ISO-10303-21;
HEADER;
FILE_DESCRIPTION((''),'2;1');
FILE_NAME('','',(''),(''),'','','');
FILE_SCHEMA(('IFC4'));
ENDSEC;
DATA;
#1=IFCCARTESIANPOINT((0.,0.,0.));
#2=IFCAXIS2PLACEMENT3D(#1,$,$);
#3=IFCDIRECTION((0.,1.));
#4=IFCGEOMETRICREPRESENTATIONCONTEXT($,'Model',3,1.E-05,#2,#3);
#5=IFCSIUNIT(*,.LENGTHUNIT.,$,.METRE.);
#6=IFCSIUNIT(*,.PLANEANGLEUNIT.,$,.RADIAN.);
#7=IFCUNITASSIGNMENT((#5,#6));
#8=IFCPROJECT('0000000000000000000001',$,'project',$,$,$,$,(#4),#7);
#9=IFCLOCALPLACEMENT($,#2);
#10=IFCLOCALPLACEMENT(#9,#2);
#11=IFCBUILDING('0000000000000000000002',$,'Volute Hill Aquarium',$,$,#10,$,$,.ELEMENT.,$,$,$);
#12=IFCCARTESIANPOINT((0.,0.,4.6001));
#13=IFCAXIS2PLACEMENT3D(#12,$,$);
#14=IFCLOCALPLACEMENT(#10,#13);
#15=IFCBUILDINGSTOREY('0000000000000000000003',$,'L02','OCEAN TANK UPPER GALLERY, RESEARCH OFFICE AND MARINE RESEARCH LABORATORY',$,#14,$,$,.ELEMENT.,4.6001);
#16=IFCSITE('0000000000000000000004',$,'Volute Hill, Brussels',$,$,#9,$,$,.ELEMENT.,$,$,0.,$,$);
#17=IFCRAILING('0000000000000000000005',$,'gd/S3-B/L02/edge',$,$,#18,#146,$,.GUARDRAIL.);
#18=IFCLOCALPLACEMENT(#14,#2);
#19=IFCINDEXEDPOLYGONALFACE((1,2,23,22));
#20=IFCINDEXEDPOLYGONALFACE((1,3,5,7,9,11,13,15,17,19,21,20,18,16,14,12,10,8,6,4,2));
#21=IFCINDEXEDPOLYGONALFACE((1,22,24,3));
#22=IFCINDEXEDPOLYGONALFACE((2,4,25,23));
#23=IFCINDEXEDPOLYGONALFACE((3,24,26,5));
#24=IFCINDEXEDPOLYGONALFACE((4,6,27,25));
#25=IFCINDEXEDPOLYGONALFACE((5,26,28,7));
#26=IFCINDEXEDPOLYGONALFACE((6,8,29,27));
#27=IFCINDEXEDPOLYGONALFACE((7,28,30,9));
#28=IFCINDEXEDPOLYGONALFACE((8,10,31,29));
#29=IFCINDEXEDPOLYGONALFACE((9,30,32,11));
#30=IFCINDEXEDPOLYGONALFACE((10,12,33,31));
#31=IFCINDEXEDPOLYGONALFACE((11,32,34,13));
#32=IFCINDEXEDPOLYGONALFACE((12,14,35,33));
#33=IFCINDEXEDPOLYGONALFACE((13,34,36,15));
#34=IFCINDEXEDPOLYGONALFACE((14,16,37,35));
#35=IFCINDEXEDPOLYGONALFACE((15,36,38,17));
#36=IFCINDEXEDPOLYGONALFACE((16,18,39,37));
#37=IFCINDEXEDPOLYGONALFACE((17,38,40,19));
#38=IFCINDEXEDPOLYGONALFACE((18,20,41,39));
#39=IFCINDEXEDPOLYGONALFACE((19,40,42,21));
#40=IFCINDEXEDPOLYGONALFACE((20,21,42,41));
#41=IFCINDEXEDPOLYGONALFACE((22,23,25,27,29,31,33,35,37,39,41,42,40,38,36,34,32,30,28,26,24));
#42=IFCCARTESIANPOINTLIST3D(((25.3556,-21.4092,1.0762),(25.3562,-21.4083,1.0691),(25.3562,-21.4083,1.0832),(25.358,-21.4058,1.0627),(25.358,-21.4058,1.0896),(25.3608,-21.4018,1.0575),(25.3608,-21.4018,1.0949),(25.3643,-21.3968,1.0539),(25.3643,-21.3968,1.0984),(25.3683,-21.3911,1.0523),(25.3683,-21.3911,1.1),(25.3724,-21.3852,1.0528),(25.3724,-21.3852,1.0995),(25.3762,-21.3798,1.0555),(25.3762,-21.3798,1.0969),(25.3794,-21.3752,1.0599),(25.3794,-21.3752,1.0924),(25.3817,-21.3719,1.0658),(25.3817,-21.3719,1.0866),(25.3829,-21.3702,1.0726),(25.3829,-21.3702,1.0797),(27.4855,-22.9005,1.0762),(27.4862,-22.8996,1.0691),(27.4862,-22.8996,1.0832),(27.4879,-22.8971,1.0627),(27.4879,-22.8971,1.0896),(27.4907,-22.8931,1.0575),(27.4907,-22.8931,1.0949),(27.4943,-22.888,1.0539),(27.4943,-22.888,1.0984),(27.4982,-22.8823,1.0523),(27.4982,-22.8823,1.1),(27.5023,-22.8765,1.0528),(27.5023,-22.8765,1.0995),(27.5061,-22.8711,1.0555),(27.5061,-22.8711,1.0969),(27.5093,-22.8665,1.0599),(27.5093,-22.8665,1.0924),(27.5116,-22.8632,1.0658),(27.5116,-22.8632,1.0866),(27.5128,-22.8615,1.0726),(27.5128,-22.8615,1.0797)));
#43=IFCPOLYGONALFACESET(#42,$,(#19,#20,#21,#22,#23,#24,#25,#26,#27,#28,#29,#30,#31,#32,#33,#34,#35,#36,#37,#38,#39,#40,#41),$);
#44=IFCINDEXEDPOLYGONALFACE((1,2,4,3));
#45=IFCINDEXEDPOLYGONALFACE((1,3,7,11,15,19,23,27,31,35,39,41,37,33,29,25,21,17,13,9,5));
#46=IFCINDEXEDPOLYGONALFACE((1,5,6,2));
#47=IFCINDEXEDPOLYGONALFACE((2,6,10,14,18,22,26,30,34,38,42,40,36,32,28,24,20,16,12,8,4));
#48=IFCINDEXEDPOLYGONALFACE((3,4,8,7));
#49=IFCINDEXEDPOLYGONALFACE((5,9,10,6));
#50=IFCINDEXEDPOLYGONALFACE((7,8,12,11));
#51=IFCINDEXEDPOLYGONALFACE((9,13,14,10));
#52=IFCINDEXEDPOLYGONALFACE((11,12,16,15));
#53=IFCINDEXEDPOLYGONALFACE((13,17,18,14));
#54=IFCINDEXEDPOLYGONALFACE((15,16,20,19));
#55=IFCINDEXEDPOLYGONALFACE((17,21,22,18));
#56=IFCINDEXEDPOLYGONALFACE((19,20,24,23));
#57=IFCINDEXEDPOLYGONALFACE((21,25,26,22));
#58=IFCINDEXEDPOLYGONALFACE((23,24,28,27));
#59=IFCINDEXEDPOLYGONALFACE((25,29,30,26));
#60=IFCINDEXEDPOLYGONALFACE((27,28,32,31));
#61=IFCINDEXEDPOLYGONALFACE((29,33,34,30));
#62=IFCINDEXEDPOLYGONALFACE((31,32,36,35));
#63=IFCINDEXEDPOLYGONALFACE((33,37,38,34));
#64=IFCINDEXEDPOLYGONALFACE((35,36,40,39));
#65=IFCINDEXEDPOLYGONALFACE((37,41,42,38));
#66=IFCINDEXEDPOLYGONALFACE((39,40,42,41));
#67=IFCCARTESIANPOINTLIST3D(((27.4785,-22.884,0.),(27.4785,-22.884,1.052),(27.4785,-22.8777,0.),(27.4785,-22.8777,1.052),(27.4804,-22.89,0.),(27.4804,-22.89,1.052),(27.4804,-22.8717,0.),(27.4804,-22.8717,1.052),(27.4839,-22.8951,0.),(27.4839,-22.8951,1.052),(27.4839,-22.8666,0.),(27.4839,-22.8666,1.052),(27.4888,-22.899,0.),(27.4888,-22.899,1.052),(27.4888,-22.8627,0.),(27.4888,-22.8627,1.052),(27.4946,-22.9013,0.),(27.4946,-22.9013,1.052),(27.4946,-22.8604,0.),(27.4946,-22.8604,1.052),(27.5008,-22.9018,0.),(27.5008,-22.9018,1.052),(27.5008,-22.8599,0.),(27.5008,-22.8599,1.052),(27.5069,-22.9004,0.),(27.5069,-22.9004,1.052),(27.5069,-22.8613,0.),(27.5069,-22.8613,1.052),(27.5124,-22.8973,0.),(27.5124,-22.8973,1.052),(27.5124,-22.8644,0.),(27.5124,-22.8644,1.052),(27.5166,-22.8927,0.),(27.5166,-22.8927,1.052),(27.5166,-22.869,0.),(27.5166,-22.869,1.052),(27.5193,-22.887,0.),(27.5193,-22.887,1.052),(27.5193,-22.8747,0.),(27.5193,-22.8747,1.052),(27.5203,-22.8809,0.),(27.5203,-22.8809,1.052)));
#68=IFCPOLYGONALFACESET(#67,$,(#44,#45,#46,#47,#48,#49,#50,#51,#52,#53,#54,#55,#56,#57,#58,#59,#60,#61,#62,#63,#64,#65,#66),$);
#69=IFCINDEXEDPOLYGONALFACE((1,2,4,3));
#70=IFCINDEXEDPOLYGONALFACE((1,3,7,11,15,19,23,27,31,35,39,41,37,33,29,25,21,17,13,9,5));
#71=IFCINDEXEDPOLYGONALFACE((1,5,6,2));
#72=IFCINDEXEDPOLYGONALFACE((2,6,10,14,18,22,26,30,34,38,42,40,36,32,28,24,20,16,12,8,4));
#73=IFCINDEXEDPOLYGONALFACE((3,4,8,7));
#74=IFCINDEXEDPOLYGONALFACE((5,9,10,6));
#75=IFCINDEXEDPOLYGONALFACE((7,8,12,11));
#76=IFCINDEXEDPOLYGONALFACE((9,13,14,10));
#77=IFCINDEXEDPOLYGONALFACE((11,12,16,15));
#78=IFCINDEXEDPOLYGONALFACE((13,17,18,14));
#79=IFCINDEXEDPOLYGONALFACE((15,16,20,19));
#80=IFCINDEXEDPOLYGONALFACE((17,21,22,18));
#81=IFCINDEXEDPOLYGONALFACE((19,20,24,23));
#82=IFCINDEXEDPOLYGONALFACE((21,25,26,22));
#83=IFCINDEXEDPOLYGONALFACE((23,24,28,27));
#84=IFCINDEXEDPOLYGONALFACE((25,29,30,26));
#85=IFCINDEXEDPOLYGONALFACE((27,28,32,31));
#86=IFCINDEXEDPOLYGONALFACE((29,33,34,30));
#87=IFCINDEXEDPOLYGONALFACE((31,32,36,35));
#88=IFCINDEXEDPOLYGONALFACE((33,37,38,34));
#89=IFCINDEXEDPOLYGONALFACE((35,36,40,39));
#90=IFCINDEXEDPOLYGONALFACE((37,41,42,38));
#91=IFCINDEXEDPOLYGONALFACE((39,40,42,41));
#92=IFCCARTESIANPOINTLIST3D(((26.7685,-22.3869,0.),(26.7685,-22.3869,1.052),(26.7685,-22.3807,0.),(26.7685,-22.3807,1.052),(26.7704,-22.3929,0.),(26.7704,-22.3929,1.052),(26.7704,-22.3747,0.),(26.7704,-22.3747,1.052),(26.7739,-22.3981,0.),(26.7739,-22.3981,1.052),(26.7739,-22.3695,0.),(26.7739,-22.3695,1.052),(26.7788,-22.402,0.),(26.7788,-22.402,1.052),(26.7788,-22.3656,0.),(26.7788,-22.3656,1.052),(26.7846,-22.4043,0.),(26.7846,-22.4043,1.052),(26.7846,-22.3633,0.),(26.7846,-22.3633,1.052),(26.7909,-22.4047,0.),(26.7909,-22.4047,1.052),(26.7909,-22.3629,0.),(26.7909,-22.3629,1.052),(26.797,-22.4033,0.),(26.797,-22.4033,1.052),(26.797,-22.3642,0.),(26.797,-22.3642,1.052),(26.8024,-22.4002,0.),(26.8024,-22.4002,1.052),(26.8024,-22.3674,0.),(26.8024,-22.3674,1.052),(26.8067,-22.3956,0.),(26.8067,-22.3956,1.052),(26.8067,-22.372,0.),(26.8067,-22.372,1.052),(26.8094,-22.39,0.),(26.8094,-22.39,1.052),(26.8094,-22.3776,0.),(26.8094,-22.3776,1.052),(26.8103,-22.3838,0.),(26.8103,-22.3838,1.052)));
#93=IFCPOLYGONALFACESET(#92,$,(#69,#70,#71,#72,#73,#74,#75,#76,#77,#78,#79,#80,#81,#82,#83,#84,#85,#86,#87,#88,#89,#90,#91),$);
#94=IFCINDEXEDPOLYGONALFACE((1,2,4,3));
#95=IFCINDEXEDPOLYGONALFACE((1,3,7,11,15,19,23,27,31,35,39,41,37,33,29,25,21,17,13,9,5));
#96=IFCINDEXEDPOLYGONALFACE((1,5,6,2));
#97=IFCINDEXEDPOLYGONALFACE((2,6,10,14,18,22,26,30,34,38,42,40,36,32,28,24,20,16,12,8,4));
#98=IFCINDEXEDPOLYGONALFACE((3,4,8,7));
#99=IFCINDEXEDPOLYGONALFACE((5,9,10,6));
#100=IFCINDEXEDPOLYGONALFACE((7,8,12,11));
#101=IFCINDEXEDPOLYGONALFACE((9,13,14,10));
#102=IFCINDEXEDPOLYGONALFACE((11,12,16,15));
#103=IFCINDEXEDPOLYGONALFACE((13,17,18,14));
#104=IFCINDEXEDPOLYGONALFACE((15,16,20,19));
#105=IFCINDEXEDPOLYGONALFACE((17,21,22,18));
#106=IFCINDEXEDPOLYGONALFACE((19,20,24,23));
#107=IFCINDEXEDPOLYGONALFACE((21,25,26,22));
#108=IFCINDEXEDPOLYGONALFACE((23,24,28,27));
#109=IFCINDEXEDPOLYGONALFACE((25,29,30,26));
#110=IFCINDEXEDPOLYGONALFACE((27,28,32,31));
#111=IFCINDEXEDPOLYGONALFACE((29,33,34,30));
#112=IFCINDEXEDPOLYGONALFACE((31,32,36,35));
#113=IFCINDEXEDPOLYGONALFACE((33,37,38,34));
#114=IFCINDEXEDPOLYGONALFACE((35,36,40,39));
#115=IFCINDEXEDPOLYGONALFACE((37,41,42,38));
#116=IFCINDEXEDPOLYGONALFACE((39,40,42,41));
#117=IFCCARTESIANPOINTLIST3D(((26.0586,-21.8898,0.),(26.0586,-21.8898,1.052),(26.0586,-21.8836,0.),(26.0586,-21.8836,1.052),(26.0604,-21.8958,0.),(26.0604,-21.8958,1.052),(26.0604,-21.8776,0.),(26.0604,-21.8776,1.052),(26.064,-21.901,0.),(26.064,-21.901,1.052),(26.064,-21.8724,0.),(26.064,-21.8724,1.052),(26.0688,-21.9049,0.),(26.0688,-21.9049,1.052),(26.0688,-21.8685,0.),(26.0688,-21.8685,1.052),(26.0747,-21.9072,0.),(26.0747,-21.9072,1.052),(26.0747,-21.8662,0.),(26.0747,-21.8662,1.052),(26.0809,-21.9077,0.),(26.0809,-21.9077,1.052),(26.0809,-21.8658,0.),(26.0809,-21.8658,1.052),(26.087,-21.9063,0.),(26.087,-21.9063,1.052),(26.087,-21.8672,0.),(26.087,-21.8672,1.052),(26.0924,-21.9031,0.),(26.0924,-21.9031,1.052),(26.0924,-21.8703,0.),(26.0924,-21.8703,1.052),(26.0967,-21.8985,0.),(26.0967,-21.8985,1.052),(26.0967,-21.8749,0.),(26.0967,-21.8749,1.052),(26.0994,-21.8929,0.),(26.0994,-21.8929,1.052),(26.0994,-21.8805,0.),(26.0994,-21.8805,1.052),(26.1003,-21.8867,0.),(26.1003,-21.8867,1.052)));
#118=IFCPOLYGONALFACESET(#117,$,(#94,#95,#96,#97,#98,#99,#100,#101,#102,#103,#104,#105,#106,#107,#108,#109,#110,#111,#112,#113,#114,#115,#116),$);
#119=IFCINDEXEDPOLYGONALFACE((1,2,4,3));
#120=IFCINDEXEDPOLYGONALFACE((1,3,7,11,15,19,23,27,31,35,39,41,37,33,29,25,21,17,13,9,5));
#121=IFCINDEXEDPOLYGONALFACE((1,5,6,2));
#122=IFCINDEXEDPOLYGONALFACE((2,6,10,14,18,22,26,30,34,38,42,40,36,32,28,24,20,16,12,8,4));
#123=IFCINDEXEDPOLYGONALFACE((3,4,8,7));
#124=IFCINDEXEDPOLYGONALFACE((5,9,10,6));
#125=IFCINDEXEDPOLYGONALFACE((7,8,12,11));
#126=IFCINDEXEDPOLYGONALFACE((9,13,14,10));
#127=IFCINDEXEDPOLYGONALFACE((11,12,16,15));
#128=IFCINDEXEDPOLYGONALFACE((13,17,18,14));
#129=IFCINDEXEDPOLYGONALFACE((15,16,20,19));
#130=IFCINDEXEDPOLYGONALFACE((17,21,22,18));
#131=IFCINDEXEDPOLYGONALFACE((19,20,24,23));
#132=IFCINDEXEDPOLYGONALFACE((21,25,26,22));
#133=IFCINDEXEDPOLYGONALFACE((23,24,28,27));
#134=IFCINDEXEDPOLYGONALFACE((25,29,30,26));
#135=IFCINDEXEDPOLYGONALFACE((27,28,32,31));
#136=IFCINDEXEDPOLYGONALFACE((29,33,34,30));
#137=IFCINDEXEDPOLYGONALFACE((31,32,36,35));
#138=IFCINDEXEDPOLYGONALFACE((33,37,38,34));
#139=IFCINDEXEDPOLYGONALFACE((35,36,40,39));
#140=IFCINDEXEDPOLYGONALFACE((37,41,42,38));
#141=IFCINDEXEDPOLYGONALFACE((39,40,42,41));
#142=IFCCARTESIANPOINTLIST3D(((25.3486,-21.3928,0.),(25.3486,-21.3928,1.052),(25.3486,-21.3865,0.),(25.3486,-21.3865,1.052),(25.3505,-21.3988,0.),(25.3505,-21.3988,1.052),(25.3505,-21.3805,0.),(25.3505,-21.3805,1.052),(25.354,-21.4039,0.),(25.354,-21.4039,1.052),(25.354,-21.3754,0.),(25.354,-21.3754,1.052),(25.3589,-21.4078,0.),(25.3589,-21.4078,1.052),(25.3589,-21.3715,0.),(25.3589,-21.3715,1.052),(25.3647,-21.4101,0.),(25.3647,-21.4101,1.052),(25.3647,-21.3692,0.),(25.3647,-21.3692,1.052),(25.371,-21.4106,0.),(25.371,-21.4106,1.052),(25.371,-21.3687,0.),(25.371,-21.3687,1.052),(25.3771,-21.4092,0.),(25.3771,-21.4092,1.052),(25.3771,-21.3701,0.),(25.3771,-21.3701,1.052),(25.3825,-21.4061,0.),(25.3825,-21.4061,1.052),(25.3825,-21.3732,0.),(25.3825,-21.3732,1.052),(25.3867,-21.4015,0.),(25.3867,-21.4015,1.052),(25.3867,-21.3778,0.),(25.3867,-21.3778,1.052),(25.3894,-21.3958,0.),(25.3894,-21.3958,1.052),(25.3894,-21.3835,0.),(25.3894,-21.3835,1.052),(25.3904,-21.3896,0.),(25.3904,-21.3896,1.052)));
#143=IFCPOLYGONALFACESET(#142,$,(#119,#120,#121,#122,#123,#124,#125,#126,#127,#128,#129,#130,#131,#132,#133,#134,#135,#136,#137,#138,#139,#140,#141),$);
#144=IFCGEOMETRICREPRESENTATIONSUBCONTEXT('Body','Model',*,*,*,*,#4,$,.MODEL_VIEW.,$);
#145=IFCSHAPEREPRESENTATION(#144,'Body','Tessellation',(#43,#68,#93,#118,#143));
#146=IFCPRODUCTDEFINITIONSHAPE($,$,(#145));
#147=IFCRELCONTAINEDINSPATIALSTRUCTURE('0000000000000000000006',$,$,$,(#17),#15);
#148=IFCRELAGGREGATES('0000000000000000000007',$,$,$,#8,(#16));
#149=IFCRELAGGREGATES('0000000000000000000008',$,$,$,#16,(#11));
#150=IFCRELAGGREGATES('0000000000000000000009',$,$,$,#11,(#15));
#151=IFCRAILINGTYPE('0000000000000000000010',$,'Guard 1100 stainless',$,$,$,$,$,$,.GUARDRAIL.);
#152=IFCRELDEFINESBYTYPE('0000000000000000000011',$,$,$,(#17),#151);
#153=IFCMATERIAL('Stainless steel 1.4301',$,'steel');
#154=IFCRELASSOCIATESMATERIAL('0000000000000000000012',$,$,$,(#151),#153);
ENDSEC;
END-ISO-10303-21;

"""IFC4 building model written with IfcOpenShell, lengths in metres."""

from ifc_helpers import new_model, si_unit, direction, frame, origin, origin_2d, place, context, subcontext, project, spatial, circle, extrude, material, type_object, element, save


model = new_model("IFC4")

# Units and contexts
model_context = context("Model", 3, precision=1e-05, world=origin(), true_north=direction((0.0, 1.0)))
body_context = subcontext(model_context, "Body", "Model", "MODEL_VIEW")
ifc_project = project(units=[si_unit("LENGTHUNIT", "METRE"), si_unit("PLANEANGLEUNIT", "RADIAN")], contexts=[model_context])

# Site, building, storey
site_placement = place(None, origin())
site = spatial("IfcSite", under=ifc_project, at=site_placement, Name="Volute Hill, Brussels", CompositionType="ELEMENT", RefElevation=0.0)
building_placement = place(site_placement, origin())
building = spatial("IfcBuilding", under=site, at=building_placement, Name="Volute Hill Aquarium", CompositionType="ELEMENT")
storey_placement = place(building_placement, frame((0.0, 0.0, 4.6001)))
storey = spatial("IfcBuildingStorey", under=building, at=storey_placement, Name="L02", Description="OCEAN TANK UPPER GALLERY, RESEARCH OFFICE AND MARINE RESEARCH LABORATORY", CompositionType="ELEMENT", Elevation=4.6001)

# Railing
ifc_material_1 = material(Name="Stainless steel 1.4301", Category="steel")
railing_type_1 = type_object("IfcRailingType", Name="Guard 1100 stainless", PredefinedType="GUARDRAIL", material=ifc_material_1)
railing_1_placement = place(storey_placement, frame((27.4993, -22.8809, 0.0)))
element("IfcRailing", 1, at=railing_1_placement, inside=storey, type_object=railing_type_1, Name="gd/S3-B/L02/edge", PredefinedType="GUARDRAIL", context=body_context, shape_type="SweptSolid", body=[
    extrude(circle(Radius=0.0239, at=origin_2d()), frame((0.0, 0.0, 1.0762), z_axis=(-0.819179, 0.573538, 0.0), x_axis=(-0.573538, -0.819179, 0.0)), (0.0, 0.0, 1.0), 2.6001),
    extrude(circle(Radius=0.021, at=origin_2d()), origin(), (0.0, 0.0, 1.0), 1.052),
    extrude(circle(Radius=0.021, at=origin_2d()), frame((-0.71, 0.4971, 0.0)), (0.0, 0.0, 1.0), 1.052),
    extrude(circle(Radius=0.021, at=origin_2d()), frame((-1.4199, 0.9941, 0.0)), (0.0, 0.0, 1.0), 1.052),
    extrude(circle(Radius=0.021, at=origin_2d()), frame((-2.1299, 1.4912, 0.0)), (0.0, 0.0, 1.0), 1.052),
])

save(model, "model.ifc")
